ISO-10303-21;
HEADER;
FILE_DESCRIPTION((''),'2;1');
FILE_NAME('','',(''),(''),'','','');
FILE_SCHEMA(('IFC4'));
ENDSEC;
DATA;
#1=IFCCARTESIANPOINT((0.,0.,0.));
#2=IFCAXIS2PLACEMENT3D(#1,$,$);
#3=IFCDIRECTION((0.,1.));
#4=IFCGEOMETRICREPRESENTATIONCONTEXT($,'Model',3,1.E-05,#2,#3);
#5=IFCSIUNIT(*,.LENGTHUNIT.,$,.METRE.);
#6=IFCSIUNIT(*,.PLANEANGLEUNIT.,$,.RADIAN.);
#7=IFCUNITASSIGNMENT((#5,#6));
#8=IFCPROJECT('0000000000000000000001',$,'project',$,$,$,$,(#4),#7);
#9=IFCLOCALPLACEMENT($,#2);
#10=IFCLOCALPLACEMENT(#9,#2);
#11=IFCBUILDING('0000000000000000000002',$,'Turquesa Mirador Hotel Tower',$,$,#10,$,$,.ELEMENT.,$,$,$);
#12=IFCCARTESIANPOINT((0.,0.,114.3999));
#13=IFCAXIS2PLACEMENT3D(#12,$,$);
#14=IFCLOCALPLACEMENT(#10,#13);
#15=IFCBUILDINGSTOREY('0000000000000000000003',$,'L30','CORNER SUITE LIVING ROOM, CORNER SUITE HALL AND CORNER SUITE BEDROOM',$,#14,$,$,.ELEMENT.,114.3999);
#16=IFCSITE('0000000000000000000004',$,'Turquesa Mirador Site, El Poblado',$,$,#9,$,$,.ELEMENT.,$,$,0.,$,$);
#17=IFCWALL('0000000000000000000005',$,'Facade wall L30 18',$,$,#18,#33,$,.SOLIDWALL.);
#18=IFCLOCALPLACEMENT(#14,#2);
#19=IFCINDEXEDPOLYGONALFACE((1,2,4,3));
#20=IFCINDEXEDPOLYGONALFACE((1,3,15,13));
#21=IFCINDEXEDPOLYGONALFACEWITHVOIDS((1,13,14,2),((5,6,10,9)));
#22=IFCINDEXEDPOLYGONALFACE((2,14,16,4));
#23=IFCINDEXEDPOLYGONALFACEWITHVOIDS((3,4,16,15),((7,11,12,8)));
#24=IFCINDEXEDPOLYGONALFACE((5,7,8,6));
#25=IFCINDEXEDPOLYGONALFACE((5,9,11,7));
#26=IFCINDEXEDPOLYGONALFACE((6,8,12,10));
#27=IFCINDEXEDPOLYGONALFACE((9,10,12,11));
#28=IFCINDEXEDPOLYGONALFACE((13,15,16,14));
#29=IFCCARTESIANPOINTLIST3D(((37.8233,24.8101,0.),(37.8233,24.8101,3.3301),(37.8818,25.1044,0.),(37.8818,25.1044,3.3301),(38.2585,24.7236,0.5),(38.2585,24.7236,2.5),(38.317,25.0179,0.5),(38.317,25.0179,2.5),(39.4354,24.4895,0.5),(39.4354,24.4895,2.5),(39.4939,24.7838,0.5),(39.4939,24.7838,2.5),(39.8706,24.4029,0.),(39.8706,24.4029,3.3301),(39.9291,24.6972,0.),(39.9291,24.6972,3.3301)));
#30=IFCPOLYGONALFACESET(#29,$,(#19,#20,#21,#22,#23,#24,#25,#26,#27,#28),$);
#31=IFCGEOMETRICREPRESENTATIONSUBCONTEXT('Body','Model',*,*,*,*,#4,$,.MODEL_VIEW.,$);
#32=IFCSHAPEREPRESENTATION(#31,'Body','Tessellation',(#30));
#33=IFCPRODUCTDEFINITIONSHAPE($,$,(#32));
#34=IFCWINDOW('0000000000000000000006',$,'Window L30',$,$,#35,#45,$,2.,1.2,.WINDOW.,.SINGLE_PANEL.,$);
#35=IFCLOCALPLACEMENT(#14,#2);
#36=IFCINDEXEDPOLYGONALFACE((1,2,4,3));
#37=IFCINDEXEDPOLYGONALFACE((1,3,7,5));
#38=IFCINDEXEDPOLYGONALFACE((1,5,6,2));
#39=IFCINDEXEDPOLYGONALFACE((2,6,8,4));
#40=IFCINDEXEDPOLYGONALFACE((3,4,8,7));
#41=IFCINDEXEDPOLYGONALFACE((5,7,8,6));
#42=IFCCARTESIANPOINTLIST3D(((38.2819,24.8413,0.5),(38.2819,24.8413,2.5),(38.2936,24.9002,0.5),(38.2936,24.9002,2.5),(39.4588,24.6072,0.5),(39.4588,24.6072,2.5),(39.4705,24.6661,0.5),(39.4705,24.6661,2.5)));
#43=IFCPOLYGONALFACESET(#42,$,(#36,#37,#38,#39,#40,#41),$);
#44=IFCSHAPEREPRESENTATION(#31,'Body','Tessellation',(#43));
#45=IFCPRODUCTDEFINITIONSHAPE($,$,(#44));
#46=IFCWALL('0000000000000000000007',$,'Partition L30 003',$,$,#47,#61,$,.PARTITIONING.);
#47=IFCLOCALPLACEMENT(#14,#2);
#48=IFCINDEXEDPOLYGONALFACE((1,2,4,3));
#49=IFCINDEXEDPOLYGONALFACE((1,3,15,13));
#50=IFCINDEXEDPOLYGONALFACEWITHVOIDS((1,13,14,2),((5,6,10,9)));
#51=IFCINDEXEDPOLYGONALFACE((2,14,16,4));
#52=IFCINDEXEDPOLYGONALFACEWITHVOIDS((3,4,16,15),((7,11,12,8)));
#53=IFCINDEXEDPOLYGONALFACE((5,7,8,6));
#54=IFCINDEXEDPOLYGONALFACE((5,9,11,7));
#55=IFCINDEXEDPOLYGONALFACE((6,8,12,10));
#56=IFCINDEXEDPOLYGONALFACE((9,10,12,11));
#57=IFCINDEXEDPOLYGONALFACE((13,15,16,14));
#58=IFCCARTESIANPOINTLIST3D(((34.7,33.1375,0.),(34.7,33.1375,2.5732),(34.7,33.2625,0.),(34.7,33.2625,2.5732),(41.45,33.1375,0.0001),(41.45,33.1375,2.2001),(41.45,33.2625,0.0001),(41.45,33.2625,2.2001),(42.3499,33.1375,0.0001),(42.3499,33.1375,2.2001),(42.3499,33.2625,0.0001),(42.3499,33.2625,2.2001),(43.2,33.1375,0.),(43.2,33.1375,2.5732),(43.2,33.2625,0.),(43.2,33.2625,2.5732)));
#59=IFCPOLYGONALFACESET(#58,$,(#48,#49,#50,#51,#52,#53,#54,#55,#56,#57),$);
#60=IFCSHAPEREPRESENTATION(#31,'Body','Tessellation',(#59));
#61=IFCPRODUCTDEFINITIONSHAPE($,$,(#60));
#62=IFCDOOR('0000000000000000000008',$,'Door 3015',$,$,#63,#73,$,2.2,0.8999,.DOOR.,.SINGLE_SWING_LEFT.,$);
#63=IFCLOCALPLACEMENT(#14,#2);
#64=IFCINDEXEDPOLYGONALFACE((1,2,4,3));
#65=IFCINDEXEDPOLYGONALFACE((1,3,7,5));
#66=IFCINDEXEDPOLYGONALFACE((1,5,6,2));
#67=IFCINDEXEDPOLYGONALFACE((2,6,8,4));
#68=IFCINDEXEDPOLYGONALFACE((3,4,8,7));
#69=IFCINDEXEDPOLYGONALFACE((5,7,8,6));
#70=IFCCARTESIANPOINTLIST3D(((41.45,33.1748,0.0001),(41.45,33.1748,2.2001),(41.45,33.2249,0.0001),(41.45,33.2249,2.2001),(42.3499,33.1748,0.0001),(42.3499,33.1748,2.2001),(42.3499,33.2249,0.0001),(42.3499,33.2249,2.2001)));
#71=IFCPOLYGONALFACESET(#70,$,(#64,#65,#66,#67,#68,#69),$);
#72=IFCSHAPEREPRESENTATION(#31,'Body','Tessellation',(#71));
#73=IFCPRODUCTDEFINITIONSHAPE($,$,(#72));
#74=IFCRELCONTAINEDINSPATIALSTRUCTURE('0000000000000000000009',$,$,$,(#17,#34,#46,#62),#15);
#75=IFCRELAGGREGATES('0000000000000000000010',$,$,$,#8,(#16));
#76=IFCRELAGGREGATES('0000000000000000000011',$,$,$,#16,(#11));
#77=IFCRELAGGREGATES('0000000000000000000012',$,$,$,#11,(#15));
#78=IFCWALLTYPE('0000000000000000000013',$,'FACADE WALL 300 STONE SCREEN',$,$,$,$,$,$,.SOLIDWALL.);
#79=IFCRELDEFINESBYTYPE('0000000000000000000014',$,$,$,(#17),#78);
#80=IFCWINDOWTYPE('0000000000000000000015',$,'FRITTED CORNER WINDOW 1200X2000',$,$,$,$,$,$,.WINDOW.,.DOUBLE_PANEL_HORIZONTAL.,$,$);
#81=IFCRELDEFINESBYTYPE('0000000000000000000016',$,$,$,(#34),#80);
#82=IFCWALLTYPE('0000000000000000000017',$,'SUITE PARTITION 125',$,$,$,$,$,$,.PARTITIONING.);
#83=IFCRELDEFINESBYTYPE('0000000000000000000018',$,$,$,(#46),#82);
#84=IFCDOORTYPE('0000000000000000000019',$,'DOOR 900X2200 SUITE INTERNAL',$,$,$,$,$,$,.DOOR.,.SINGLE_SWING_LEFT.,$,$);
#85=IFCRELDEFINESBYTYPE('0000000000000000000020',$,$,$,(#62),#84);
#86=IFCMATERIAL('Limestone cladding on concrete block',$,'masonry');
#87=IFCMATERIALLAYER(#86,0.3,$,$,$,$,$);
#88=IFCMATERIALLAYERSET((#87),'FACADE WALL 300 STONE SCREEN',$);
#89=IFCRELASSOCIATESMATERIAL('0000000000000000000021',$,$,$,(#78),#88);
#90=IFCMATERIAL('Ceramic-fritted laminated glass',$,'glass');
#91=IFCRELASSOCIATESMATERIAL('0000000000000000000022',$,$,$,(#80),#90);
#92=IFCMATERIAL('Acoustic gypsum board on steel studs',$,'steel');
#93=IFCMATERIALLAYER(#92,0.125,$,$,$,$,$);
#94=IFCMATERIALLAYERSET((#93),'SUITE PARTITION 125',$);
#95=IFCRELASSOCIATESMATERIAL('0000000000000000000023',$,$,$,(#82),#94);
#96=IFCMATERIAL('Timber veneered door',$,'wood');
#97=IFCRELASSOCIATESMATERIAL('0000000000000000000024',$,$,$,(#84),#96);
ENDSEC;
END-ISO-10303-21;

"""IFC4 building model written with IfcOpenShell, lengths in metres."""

from ifc_helpers import new_model, si_unit, direction, frame, frame_2d, origin, place, context, subcontext, project, spatial, rectangle, extrude, material, layer, layer_set, type_object, element, fill, save


model = new_model("IFC4")

# Units and contexts
model_context = context("Model", 3, precision=1e-05, world=origin(), true_north=direction((0.0, 1.0)))
body_context = subcontext(model_context, "Body", "Model", "MODEL_VIEW")
ifc_project = project(units=[si_unit("LENGTHUNIT", "METRE"), si_unit("PLANEANGLEUNIT", "RADIAN")], contexts=[model_context])

# Site, building, storey
site_placement = place(None, origin())
site = spatial("IfcSite", under=ifc_project, at=site_placement, Name="Turquesa Mirador Site, El Poblado", CompositionType="ELEMENT", RefElevation=0.0)
building_placement = place(site_placement, origin())
building = spatial("IfcBuilding", under=site, at=building_placement, Name="Turquesa Mirador Hotel Tower", CompositionType="ELEMENT")
storey_placement = place(building_placement, frame((0.0, 0.0, 114.3999)))
storey = spatial("IfcBuildingStorey", under=building, at=storey_placement, Name="L30", Description="CORNER SUITE LIVING ROOM, CORNER SUITE HALL AND CORNER SUITE BEDROOM", CompositionType="ELEMENT", Elevation=114.3999)

# Wall, opening, window
ifc_material_1 = material(Name="Limestone cladding on concrete block", Category="masonry")
ifc_layer_1 = layer(ifc_material_1, 0.3)
ifc_layer_set_1 = layer_set([ifc_layer_1], Name="FACADE WALL 300 STONE SCREEN")
wall_type_1 = type_object("IfcWallType", Name="FACADE WALL 300 STONE SCREEN", PredefinedType="SOLIDWALL", material=ifc_layer_set_1)
ifc_material_2 = material(Name="Ceramic-fritted laminated glass", Category="glass")
window_type_1 = type_object("IfcWindowType", Name="FRITTED CORNER WINDOW 1200X2000", PartitioningType="DOUBLE_PANEL_HORIZONTAL", PredefinedType="WINDOW", material=ifc_material_2)
wall_1_placement = place(storey_placement, frame((37.8525, 24.9573, 0.0), z_axis=(0.0, 0.0, 1.0), x_axis=(0.980787, -0.195081, 0.0)))
wall_1 = element("IfcWall", 1, at=wall_1_placement, inside=storey, type_object=wall_type_1, Name="Facade wall L30 18", PredefinedType="SOLIDWALL", context=body_context, shape_type="SweptSolid", body=[
    extrude(rectangle(XDim=2.0874, YDim=0.3, at=frame_2d((1.0437, 0.0))), origin(), (0.0, 0.0, 1.0), 3.3301),
])
opening_1_placement = place(wall_1_placement, frame((0.4436, 0.0, 0.5)))
opening_1 = element("IfcOpeningElement", 2, at=opening_1_placement, cuts=wall_1, PredefinedType="OPENING", context=body_context, shape_type="SweptSolid", body=[
    extrude(rectangle(XDim=1.2, YDim=2.0, at=frame_2d((0.6001, 1.0))), frame((0.0, 0.1599, 0.0), z_axis=(0.0, -1.0, 0.0), x_axis=(1.0, 0.0, 0.0)), (0.0, 0.0, 1.0), 0.3201),
])
window_1_placement = place(opening_1_placement, origin())
window_1 = element("IfcWindow", 3, at=window_1_placement, inside=storey, type_object=window_type_1, Name="Window L30", OverallHeight=2.0, OverallWidth=1.2, PartitioningType="SINGLE_PANEL", PredefinedType="WINDOW", context=body_context, shape_type="SweptSolid", body=[
    extrude(rectangle(XDim=1.2, YDim=2.0, at=frame_2d((0.6001, 1.0))), frame((0.0, 0.03, 0.0), z_axis=(0.0, -1.0, 0.0), x_axis=(1.0, 0.0, 0.0)), (0.0, 0.0, 1.0), 0.0601),
])
fill(opening_1, window_1)

# Wall, opening, door
ifc_material_3 = material(Name="Acoustic gypsum board on steel studs", Category="steel")
ifc_layer_2 = layer(ifc_material_3, 0.125)
ifc_layer_set_2 = layer_set([ifc_layer_2], Name="SUITE PARTITION 125")
wall_type_2 = type_object("IfcWallType", Name="SUITE PARTITION 125", PredefinedType="PARTITIONING", material=ifc_layer_set_2)
wall_2_placement = place(storey_placement, frame((34.7, 33.2, 0.0), z_axis=(0.0, 0.0, 1.0), x_axis=(1.0, 0.0, 0.0)))
wall_2 = element("IfcWall", 4, at=wall_2_placement, inside=storey, type_object=wall_type_2, Name="Partition L30 003", PredefinedType="PARTITIONING", context=body_context, shape_type="SweptSolid", body=[
    extrude(rectangle(XDim=8.5, YDim=0.125, at=frame_2d((4.25, 0.0))), origin(), (0.0, 0.0, 1.0), 2.5732),
])
opening_2_placement = place(wall_2_placement, frame((6.75, 0.0, 0.0)))
opening_2 = element("IfcOpeningElement", 5, at=opening_2_placement, cuts=wall_2, PredefinedType="OPENING", context=body_context, shape_type="SweptSolid", body=[
    extrude(rectangle(XDim=0.8999, YDim=2.2, at=frame_2d((0.45, 1.1001))), frame((0.0, 0.0725, 0.0), z_axis=(0.0, -1.0, 0.0), x_axis=(1.0, 0.0, 0.0)), (0.0, 0.0, 1.0), 0.145),
])
ifc_material_4 = material(Name="Timber veneered door", Category="wood")
door_type = type_object("IfcDoorType", Name="DOOR 900X2200 SUITE INTERNAL", OperationType="SINGLE_SWING_LEFT", PredefinedType="DOOR", material=ifc_material_4)
door_placement = place(opening_2_placement, origin())
door = element("IfcDoor", 6, at=door_placement, inside=storey, type_object=door_type, Name="Door 3015", OperationType="SINGLE_SWING_LEFT", OverallHeight=2.2, OverallWidth=0.8999, PredefinedType="DOOR", context=body_context, shape_type="SweptSolid", body=[
    extrude(rectangle(XDim=0.8999, YDim=2.2, at=frame_2d((0.45, 1.1001))), frame((0.0, 0.0249, 0.0), z_axis=(0.0, -1.0, 0.0), x_axis=(1.0, 0.0, 0.0)), (0.0, 0.0, 1.0), 0.05),
])
fill(opening_2, door)

save(model, "model.ifc")
